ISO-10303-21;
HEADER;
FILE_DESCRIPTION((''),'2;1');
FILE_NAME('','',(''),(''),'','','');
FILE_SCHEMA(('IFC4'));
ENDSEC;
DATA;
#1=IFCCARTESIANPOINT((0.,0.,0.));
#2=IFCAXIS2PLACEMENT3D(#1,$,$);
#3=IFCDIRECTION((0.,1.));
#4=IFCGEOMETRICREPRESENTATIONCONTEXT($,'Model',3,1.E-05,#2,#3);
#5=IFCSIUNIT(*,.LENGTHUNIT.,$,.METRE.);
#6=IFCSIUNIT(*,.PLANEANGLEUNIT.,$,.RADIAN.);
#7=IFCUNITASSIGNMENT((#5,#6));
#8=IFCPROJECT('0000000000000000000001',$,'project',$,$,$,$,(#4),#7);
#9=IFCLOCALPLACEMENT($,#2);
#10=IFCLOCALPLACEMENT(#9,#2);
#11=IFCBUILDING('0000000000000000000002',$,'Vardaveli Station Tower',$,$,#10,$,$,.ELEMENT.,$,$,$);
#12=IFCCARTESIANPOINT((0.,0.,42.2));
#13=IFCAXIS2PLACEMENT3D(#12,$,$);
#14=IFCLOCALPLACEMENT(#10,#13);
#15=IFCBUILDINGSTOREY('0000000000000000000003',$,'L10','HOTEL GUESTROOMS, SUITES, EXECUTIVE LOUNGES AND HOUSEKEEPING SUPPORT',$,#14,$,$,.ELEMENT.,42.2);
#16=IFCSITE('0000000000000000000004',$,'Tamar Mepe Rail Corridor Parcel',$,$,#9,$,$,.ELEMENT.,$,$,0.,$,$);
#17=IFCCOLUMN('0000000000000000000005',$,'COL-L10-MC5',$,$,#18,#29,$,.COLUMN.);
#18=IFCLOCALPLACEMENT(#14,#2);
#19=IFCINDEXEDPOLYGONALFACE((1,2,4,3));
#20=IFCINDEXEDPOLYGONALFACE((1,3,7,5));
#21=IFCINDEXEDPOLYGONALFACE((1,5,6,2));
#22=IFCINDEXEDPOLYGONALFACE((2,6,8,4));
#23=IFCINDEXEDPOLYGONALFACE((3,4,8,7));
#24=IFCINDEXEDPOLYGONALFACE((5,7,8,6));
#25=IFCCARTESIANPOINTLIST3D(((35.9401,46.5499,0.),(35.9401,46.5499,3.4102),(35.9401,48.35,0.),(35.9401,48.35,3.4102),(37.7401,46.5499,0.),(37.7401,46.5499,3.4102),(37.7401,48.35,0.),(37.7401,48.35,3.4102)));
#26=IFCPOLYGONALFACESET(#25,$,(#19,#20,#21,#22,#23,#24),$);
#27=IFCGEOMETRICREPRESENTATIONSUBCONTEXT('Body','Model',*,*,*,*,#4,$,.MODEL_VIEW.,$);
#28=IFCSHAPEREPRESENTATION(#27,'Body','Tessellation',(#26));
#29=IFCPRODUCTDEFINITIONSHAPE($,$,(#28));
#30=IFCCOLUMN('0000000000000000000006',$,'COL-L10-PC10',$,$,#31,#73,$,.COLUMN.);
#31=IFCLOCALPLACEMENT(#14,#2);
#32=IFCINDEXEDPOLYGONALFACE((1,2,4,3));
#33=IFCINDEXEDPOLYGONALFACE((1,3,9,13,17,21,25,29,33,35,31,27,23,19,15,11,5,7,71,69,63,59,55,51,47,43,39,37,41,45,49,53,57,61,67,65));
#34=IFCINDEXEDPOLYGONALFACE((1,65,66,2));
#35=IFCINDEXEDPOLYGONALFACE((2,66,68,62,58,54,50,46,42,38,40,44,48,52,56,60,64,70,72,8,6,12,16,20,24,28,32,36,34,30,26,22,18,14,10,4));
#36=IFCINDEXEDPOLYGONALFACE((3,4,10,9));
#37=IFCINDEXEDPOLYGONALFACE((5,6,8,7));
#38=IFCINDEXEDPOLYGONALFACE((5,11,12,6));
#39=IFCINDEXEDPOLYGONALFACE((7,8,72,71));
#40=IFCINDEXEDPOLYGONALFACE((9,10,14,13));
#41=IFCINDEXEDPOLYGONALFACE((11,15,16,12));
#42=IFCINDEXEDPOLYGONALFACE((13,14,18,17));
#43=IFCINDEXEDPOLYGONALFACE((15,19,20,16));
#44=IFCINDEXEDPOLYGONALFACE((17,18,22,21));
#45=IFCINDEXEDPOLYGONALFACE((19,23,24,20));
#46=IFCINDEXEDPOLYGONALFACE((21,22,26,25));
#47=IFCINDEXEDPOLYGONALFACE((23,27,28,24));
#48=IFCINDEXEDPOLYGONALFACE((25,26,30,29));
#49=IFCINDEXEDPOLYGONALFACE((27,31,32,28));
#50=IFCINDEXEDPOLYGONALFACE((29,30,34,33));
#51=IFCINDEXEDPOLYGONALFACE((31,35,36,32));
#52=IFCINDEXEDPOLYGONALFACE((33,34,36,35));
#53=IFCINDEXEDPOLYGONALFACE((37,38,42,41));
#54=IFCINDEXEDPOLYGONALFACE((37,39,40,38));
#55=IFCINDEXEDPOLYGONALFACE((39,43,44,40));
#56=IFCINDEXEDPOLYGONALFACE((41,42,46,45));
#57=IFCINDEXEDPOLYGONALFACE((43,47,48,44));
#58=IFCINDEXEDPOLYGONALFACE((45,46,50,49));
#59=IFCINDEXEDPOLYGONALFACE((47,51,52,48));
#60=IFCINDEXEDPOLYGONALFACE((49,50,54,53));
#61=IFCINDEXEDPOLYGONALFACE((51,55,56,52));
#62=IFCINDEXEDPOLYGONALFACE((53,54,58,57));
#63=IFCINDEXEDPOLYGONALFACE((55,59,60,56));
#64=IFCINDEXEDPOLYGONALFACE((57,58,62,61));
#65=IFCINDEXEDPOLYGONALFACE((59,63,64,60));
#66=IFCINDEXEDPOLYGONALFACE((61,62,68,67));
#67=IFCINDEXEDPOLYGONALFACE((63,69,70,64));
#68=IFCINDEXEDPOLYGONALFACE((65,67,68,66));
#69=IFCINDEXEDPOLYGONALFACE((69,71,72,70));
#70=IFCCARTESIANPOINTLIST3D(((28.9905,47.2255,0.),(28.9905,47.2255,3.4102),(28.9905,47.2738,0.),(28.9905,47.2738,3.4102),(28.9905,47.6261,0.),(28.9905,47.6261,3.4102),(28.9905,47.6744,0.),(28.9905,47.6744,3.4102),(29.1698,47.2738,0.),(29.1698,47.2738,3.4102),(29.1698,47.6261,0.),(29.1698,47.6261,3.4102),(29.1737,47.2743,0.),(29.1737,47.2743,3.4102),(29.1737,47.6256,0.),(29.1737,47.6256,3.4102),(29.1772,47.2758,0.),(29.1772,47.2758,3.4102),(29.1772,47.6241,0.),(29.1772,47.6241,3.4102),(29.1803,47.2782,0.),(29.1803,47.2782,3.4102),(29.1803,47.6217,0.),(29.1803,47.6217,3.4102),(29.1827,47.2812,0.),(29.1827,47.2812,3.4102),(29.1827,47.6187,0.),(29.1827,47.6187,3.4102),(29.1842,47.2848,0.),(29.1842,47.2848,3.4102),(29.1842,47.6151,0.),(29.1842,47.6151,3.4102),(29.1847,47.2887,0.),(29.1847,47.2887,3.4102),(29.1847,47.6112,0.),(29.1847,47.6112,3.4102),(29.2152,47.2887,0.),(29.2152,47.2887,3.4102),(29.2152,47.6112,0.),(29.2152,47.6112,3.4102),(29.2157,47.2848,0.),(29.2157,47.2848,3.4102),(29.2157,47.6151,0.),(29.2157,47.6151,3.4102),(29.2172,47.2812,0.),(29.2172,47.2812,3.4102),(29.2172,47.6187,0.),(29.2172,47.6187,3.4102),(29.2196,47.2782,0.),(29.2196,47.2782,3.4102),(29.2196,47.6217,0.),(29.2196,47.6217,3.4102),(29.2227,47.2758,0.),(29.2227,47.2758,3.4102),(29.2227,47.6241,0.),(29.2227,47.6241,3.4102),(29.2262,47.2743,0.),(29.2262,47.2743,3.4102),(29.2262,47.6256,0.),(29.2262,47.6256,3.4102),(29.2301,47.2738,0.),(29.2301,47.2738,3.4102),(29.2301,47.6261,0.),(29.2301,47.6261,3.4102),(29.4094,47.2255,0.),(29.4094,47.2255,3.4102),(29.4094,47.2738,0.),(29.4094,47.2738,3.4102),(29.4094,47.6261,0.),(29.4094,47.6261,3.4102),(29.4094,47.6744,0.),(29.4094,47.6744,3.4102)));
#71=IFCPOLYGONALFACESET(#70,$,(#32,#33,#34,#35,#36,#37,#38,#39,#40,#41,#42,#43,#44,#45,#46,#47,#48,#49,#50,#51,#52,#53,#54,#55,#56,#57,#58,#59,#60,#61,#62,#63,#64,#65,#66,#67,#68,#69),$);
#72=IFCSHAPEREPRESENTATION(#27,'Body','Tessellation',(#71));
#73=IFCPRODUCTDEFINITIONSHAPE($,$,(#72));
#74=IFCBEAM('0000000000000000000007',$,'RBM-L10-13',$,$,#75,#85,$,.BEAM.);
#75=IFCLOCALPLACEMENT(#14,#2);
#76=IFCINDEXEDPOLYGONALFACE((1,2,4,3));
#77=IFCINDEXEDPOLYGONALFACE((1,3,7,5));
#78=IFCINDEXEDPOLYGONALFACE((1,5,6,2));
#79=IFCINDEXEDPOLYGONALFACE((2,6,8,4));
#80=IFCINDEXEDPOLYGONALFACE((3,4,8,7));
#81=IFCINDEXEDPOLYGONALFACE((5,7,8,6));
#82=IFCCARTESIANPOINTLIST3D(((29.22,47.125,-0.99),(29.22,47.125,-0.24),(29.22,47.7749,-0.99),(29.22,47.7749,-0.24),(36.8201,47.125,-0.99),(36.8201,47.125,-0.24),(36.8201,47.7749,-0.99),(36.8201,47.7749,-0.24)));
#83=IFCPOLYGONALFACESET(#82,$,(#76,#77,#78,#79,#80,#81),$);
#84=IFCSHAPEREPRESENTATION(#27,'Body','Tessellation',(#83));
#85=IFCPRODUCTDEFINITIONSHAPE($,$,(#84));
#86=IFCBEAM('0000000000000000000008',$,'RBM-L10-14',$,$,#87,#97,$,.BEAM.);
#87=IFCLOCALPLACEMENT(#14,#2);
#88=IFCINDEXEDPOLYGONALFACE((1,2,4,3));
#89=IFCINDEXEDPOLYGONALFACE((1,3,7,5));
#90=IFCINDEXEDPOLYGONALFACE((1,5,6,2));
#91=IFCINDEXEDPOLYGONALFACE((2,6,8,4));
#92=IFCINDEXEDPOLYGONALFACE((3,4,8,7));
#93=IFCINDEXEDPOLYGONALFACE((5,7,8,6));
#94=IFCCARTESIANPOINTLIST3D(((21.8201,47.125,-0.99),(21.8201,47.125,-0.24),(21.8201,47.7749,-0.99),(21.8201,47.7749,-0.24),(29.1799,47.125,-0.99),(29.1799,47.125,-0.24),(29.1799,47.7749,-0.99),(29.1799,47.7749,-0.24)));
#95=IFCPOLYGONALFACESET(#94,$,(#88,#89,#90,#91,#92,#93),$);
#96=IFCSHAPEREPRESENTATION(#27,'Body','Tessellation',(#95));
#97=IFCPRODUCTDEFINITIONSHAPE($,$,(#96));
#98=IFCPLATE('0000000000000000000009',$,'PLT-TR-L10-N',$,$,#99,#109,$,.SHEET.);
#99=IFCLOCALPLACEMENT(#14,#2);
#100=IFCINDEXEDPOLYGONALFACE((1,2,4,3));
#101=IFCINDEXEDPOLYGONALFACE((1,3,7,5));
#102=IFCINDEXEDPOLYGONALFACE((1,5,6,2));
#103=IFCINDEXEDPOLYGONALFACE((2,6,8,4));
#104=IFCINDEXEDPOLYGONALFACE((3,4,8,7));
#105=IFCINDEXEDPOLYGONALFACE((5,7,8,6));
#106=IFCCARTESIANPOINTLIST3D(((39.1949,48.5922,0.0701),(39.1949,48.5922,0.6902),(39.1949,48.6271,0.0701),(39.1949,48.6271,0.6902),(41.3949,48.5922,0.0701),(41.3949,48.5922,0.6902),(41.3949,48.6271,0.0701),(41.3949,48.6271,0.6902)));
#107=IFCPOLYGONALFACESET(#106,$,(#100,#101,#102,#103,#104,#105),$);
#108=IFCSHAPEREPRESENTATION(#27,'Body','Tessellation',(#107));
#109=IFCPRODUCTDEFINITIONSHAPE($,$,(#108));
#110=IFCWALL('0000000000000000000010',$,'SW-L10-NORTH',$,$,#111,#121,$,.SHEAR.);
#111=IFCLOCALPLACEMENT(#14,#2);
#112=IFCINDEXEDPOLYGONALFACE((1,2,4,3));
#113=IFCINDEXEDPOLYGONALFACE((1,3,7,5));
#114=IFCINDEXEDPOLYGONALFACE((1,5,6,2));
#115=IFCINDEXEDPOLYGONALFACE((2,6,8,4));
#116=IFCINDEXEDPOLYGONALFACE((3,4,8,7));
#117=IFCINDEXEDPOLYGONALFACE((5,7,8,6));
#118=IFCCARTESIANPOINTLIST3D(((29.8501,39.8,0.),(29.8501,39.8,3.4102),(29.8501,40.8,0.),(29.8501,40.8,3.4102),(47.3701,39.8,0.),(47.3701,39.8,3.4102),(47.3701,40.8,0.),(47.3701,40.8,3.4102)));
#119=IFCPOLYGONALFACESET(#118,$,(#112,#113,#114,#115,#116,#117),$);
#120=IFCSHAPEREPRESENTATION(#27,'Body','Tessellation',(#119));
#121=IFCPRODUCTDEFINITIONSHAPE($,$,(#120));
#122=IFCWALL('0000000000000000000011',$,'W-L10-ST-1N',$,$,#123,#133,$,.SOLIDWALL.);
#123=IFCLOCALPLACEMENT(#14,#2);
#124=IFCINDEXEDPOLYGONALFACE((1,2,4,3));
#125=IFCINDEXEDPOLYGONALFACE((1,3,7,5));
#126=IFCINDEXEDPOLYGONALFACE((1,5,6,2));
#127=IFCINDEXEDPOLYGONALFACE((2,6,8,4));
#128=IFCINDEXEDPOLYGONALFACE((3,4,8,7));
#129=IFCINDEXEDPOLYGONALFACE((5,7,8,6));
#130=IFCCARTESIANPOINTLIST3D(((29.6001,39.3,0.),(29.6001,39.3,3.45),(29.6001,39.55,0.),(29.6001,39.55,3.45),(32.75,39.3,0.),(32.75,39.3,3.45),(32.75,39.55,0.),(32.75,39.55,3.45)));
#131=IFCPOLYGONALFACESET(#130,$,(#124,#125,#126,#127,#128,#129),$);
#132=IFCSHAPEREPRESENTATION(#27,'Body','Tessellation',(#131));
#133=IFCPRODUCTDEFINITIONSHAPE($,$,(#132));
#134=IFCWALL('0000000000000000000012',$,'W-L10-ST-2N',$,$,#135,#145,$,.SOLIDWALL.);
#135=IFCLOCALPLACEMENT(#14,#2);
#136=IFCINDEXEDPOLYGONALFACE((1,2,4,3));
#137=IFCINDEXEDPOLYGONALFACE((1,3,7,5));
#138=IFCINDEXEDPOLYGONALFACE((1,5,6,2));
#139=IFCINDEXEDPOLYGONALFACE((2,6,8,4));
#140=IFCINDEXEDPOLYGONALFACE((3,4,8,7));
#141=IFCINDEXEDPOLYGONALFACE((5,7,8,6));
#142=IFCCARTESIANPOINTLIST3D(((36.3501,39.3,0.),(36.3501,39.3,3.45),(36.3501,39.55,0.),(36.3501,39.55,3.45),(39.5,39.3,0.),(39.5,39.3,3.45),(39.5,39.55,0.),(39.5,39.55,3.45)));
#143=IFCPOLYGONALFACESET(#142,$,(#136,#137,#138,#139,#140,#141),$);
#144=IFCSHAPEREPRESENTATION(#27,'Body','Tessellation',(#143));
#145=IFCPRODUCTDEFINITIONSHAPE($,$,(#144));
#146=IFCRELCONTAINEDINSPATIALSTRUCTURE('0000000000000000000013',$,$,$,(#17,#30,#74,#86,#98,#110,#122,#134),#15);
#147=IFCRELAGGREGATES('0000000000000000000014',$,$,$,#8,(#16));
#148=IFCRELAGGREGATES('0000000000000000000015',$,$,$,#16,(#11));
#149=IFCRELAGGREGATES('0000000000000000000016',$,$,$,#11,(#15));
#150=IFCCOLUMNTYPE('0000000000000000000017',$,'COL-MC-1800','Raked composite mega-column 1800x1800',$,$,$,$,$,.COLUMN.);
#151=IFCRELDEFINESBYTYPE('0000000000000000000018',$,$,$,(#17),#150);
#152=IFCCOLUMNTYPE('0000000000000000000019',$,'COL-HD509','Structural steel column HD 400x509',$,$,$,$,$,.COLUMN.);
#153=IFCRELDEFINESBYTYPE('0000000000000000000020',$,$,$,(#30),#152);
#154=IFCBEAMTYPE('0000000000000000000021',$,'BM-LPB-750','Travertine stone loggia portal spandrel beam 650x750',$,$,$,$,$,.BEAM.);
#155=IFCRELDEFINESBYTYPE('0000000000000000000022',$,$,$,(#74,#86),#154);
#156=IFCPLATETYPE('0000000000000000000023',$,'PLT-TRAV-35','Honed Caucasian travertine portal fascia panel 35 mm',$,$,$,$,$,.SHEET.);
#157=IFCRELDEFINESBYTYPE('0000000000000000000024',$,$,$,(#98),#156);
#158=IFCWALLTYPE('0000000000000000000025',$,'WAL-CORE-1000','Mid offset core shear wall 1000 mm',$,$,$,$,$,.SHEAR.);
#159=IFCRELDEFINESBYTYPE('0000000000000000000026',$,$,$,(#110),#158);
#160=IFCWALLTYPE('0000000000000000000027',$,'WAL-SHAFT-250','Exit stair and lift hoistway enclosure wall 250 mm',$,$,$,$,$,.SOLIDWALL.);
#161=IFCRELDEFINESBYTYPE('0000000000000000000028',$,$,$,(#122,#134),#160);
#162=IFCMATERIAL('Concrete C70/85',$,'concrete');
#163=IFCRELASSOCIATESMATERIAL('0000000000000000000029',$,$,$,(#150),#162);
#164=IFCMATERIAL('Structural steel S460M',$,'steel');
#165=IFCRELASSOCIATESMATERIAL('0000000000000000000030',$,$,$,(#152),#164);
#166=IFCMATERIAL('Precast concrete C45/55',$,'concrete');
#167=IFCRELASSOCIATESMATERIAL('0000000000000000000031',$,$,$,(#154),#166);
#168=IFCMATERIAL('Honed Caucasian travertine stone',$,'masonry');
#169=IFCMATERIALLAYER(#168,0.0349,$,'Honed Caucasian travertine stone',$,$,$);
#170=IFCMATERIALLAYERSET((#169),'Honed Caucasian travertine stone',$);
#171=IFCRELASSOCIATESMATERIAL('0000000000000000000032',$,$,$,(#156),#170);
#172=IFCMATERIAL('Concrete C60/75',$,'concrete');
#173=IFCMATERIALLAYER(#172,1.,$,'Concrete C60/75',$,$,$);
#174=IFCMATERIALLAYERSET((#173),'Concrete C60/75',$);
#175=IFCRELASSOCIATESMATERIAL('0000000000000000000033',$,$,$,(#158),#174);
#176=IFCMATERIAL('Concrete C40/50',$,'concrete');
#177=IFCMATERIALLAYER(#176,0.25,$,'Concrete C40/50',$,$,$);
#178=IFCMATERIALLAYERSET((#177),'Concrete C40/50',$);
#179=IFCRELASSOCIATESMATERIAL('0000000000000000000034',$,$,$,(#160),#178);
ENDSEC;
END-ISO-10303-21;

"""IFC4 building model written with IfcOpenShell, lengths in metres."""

from ifc_helpers import new_model, si_unit, direction, frame, frame_2d, origin, origin_2d, place, context, subcontext, project, spatial, rectangle, i_section, extrude, source, transform, mapped, material, layer, layer_set, material_profile, profile_set, type_object, element, save


model = new_model("IFC4")

# Units and contexts
model_context = context("Model", 3, precision=1e-05, world=origin(), true_north=direction((0.0, 1.0)))
body_context = subcontext(model_context, "Body", "Model", "MODEL_VIEW")
ifc_project = project(units=[si_unit("LENGTHUNIT", "METRE"), si_unit("PLANEANGLEUNIT", "RADIAN")], contexts=[model_context])

# Site, building, storey
site_placement = place(None, origin())
site = spatial("IfcSite", under=ifc_project, at=site_placement, Name="Tamar Mepe Rail Corridor Parcel", CompositionType="ELEMENT", RefElevation=0.0)
building_placement = place(site_placement, origin())
building = spatial("IfcBuilding", under=site, at=building_placement, Name="Vardaveli Station Tower", CompositionType="ELEMENT")
storey_placement = place(building_placement, frame((0.0, 0.0, 42.2)))
storey = spatial("IfcBuildingStorey", under=building, at=storey_placement, Name="L10", Description="HOTEL GUESTROOMS, SUITES, EXECUTIVE LOUNGES AND HOUSEKEEPING SUPPORT", CompositionType="ELEMENT", Elevation=42.2)

# Columns
ifc_material_1 = material(Name="Concrete C70/85", Category="concrete")
ifc_material_profile_1 = material_profile(ifc_material_1, rectangle(XDim=1.8, YDim=1.8, at=origin_2d()), Name="MC 1800x1800")
ifc_profile_set_1 = profile_set([ifc_material_profile_1], Name="Concrete C70/85")
column_type_1 = type_object("IfcColumnType", Name="COL-MC-1800", Description="Raked composite mega-column 1800x1800", PredefinedType="COLUMN", material=ifc_profile_set_1)
shared_shape_1 = source(origin(), body_context, "Body", "SweptSolid", [
    extrude(rectangle(XDim=1.8, YDim=1.8, at=origin_2d()), origin(), (0.0, 0.0, 1.0), 3.4102),
])
column_1_placement = place(storey_placement, frame((36.8401, 47.45, 0.0), z_axis=(0.0, 0.0, 1.0), x_axis=(1.0, 0.0, 0.0)))
element("IfcColumn", 1, at=column_1_placement, inside=storey, type_object=column_type_1, Name="COL-L10-MC5", PredefinedType="COLUMN", context=body_context, shape_type="MappedRepresentation", body=[
    mapped(shared_shape_1, transform((0.0, 0.0, 0.0), scale=1.0)),
])
ifc_material_2 = material(Name="Structural steel S460M", Category="steel")
ifc_material_profile_2 = material_profile(ifc_material_2, i_section(OverallWidth=0.4189, OverallDepth=0.449, WebThickness=0.0305, FlangeThickness=0.0483, FilletRadius=0.0149, at=origin_2d()), Name="HD 400x509")
ifc_profile_set_2 = profile_set([ifc_material_profile_2], Name="Structural steel S460M")
column_type_2 = type_object("IfcColumnType", Name="COL-HD509", Description="Structural steel column HD 400x509", PredefinedType="COLUMN", material=ifc_profile_set_2)
shared_shape_2 = source(origin(), body_context, "Body", "SweptSolid", [
    extrude(i_section(OverallWidth=0.4189, OverallDepth=0.449, WebThickness=0.0305, FlangeThickness=0.0483, FilletRadius=0.0149, at=origin_2d()), origin(), (0.0, 0.0, 1.0), 3.4102),
])
column_2_placement = place(storey_placement, frame((29.2, 47.45, 0.0), z_axis=(0.0, 0.0, 1.0), x_axis=(1.0, 0.0, 0.0)))
element("IfcColumn", 2, at=column_2_placement, inside=storey, type_object=column_type_2, Name="COL-L10-PC10", PredefinedType="COLUMN", context=body_context, shape_type="MappedRepresentation", body=[
    mapped(shared_shape_2, transform((0.0, 0.0, 0.0), scale=1.0)),
])

# Beams
ifc_material_3 = material(Name="Precast concrete C45/55", Category="concrete")
ifc_material_profile_3 = material_profile(ifc_material_3, rectangle(XDim=0.6499, YDim=0.75, at=origin_2d()), Name="LPB 650x750")
ifc_profile_set_3 = profile_set([ifc_material_profile_3], Name="Precast concrete C45/55")
beam_type = type_object("IfcBeamType", Name="BM-LPB-750", Description="Travertine stone loggia portal spandrel beam 650x750", PredefinedType="BEAM", material=ifc_profile_set_3)
shared_shape_3 = source(origin(), body_context, "Body", "SweptSolid", [
    extrude(rectangle(XDim=0.6499, YDim=0.75, at=origin_2d()), origin(), (0.0, 0.0, 1.0), 7.6001),
])
beam_1_placement = place(storey_placement, frame((36.8201, 47.45, -0.615), z_axis=(-1.0, 0.0, 0.0), x_axis=(0.0, -1.0, 0.0)))
element("IfcBeam", 3, at=beam_1_placement, inside=storey, type_object=beam_type, Name="RBM-L10-13", PredefinedType="BEAM", context=body_context, shape_type="MappedRepresentation", body=[
    mapped(shared_shape_3, transform((0.0, 0.0, 0.0), scale=1.0)),
])
shared_shape_4 = source(origin(), body_context, "Body", "SweptSolid", [
    extrude(rectangle(XDim=0.6499, YDim=0.75, at=origin_2d()), origin(), (0.0, 0.0, 1.0), 7.3599),
])
beam_2_placement = place(storey_placement, frame((29.1799, 47.45, -0.615), z_axis=(-1.0, 0.0, 0.0), x_axis=(0.0, -1.0, 0.0)))
element("IfcBeam", 4, at=beam_2_placement, inside=storey, type_object=beam_type, Name="RBM-L10-14", PredefinedType="BEAM", context=body_context, shape_type="MappedRepresentation", body=[
    mapped(shared_shape_4, transform((0.0, 0.0, 0.0), scale=1.0)),
])

# Plate
ifc_material_4 = material(Name="Honed Caucasian travertine stone", Category="masonry")
ifc_layer_1 = layer(ifc_material_4, 0.0349, Name="Honed Caucasian travertine stone")
ifc_layer_set_1 = layer_set([ifc_layer_1], Name="Honed Caucasian travertine stone")
plate_type = type_object("IfcPlateType", Name="PLT-TRAV-35", Description="Honed Caucasian travertine portal fascia panel 35 mm", PredefinedType="SHEET", material=ifc_layer_set_1)
shared_shape_5 = source(origin(), body_context, "Body", "SweptSolid", [
    extrude(rectangle(XDim=2.2, YDim=0.0349, at=origin_2d()), origin(), (0.0, 0.0, 1.0), 0.6201),
])
plate_placement = place(storey_placement, frame((40.2949, 48.6096, 0.0701), z_axis=(0.0, 0.0, 1.0), x_axis=(1.0, 0.0, 0.0)))
element("IfcPlate", 5, at=plate_placement, inside=storey, type_object=plate_type, Name="PLT-TR-L10-N", PredefinedType="SHEET", context=body_context, shape_type="MappedRepresentation", body=[
    mapped(shared_shape_5, transform((0.0, 0.0, 0.0), scale=1.0)),
])

# Walls
ifc_material_5 = material(Name="Concrete C60/75", Category="concrete")
ifc_layer_2 = layer(ifc_material_5, 1.0, Name="Concrete C60/75")
ifc_layer_set_2 = layer_set([ifc_layer_2], Name="Concrete C60/75")
wall_type_1 = type_object("IfcWallType", Name="WAL-CORE-1000", Description="Mid offset core shear wall 1000 mm", PredefinedType="SHEAR", material=ifc_layer_set_2)
shared_shape_6 = source(origin(), body_context, "Body", "SweptSolid", [
    extrude(rectangle(XDim=17.52, YDim=1.0, at=frame_2d((8.76, 0.0))), origin(), (0.0, 0.0, 1.0), 3.4102),
])
wall_1_placement = place(storey_placement, frame((29.8501, 40.3, 0.0), z_axis=(0.0, 0.0, 1.0), x_axis=(1.0, 0.0, 0.0)))
element("IfcWall", 6, at=wall_1_placement, inside=storey, type_object=wall_type_1, Name="SW-L10-NORTH", PredefinedType="SHEAR", context=body_context, shape_type="MappedRepresentation", body=[
    mapped(shared_shape_6, transform((0.0, 0.0, 0.0), scale=1.0)),
])
ifc_material_6 = material(Name="Concrete C40/50", Category="concrete")
ifc_layer_3 = layer(ifc_material_6, 0.25, Name="Concrete C40/50")
ifc_layer_set_3 = layer_set([ifc_layer_3], Name="Concrete C40/50")
wall_type_2 = type_object("IfcWallType", Name="WAL-SHAFT-250", Description="Exit stair and lift hoistway enclosure wall 250 mm", PredefinedType="SOLIDWALL", material=ifc_layer_set_3)
shared_shape_7 = source(origin(), body_context, "Body", "SweptSolid", [
    extrude(rectangle(XDim=3.1499, YDim=0.25, at=frame_2d((1.575, 0.0))), origin(), (0.0, 0.0, 1.0), 3.45),
])
for number, where, z_axis, x_axis, name in (
    (7, (29.6001, 39.425, 0.0), (0.0, 0.0, 1.0), (1.0, 0.0, 0.0), "W-L10-ST-1N"),
    (8, (36.3501, 39.425, 0.0), (0.0, 0.0, 1.0), (1.0, 0.0, 0.0), "W-L10-ST-2N"),
):
    element("IfcWall", number, at=place(storey_placement, frame(where, z_axis=z_axis, x_axis=x_axis)), inside=storey, type_object=wall_type_2, Name=name, PredefinedType="SOLIDWALL", context=body_context, shape_type="MappedRepresentation", body=[
        mapped(shared_shape_7, transform((0.0, 0.0, 0.0), scale=1.0)),
    ])

save(model, "model.ifc")
